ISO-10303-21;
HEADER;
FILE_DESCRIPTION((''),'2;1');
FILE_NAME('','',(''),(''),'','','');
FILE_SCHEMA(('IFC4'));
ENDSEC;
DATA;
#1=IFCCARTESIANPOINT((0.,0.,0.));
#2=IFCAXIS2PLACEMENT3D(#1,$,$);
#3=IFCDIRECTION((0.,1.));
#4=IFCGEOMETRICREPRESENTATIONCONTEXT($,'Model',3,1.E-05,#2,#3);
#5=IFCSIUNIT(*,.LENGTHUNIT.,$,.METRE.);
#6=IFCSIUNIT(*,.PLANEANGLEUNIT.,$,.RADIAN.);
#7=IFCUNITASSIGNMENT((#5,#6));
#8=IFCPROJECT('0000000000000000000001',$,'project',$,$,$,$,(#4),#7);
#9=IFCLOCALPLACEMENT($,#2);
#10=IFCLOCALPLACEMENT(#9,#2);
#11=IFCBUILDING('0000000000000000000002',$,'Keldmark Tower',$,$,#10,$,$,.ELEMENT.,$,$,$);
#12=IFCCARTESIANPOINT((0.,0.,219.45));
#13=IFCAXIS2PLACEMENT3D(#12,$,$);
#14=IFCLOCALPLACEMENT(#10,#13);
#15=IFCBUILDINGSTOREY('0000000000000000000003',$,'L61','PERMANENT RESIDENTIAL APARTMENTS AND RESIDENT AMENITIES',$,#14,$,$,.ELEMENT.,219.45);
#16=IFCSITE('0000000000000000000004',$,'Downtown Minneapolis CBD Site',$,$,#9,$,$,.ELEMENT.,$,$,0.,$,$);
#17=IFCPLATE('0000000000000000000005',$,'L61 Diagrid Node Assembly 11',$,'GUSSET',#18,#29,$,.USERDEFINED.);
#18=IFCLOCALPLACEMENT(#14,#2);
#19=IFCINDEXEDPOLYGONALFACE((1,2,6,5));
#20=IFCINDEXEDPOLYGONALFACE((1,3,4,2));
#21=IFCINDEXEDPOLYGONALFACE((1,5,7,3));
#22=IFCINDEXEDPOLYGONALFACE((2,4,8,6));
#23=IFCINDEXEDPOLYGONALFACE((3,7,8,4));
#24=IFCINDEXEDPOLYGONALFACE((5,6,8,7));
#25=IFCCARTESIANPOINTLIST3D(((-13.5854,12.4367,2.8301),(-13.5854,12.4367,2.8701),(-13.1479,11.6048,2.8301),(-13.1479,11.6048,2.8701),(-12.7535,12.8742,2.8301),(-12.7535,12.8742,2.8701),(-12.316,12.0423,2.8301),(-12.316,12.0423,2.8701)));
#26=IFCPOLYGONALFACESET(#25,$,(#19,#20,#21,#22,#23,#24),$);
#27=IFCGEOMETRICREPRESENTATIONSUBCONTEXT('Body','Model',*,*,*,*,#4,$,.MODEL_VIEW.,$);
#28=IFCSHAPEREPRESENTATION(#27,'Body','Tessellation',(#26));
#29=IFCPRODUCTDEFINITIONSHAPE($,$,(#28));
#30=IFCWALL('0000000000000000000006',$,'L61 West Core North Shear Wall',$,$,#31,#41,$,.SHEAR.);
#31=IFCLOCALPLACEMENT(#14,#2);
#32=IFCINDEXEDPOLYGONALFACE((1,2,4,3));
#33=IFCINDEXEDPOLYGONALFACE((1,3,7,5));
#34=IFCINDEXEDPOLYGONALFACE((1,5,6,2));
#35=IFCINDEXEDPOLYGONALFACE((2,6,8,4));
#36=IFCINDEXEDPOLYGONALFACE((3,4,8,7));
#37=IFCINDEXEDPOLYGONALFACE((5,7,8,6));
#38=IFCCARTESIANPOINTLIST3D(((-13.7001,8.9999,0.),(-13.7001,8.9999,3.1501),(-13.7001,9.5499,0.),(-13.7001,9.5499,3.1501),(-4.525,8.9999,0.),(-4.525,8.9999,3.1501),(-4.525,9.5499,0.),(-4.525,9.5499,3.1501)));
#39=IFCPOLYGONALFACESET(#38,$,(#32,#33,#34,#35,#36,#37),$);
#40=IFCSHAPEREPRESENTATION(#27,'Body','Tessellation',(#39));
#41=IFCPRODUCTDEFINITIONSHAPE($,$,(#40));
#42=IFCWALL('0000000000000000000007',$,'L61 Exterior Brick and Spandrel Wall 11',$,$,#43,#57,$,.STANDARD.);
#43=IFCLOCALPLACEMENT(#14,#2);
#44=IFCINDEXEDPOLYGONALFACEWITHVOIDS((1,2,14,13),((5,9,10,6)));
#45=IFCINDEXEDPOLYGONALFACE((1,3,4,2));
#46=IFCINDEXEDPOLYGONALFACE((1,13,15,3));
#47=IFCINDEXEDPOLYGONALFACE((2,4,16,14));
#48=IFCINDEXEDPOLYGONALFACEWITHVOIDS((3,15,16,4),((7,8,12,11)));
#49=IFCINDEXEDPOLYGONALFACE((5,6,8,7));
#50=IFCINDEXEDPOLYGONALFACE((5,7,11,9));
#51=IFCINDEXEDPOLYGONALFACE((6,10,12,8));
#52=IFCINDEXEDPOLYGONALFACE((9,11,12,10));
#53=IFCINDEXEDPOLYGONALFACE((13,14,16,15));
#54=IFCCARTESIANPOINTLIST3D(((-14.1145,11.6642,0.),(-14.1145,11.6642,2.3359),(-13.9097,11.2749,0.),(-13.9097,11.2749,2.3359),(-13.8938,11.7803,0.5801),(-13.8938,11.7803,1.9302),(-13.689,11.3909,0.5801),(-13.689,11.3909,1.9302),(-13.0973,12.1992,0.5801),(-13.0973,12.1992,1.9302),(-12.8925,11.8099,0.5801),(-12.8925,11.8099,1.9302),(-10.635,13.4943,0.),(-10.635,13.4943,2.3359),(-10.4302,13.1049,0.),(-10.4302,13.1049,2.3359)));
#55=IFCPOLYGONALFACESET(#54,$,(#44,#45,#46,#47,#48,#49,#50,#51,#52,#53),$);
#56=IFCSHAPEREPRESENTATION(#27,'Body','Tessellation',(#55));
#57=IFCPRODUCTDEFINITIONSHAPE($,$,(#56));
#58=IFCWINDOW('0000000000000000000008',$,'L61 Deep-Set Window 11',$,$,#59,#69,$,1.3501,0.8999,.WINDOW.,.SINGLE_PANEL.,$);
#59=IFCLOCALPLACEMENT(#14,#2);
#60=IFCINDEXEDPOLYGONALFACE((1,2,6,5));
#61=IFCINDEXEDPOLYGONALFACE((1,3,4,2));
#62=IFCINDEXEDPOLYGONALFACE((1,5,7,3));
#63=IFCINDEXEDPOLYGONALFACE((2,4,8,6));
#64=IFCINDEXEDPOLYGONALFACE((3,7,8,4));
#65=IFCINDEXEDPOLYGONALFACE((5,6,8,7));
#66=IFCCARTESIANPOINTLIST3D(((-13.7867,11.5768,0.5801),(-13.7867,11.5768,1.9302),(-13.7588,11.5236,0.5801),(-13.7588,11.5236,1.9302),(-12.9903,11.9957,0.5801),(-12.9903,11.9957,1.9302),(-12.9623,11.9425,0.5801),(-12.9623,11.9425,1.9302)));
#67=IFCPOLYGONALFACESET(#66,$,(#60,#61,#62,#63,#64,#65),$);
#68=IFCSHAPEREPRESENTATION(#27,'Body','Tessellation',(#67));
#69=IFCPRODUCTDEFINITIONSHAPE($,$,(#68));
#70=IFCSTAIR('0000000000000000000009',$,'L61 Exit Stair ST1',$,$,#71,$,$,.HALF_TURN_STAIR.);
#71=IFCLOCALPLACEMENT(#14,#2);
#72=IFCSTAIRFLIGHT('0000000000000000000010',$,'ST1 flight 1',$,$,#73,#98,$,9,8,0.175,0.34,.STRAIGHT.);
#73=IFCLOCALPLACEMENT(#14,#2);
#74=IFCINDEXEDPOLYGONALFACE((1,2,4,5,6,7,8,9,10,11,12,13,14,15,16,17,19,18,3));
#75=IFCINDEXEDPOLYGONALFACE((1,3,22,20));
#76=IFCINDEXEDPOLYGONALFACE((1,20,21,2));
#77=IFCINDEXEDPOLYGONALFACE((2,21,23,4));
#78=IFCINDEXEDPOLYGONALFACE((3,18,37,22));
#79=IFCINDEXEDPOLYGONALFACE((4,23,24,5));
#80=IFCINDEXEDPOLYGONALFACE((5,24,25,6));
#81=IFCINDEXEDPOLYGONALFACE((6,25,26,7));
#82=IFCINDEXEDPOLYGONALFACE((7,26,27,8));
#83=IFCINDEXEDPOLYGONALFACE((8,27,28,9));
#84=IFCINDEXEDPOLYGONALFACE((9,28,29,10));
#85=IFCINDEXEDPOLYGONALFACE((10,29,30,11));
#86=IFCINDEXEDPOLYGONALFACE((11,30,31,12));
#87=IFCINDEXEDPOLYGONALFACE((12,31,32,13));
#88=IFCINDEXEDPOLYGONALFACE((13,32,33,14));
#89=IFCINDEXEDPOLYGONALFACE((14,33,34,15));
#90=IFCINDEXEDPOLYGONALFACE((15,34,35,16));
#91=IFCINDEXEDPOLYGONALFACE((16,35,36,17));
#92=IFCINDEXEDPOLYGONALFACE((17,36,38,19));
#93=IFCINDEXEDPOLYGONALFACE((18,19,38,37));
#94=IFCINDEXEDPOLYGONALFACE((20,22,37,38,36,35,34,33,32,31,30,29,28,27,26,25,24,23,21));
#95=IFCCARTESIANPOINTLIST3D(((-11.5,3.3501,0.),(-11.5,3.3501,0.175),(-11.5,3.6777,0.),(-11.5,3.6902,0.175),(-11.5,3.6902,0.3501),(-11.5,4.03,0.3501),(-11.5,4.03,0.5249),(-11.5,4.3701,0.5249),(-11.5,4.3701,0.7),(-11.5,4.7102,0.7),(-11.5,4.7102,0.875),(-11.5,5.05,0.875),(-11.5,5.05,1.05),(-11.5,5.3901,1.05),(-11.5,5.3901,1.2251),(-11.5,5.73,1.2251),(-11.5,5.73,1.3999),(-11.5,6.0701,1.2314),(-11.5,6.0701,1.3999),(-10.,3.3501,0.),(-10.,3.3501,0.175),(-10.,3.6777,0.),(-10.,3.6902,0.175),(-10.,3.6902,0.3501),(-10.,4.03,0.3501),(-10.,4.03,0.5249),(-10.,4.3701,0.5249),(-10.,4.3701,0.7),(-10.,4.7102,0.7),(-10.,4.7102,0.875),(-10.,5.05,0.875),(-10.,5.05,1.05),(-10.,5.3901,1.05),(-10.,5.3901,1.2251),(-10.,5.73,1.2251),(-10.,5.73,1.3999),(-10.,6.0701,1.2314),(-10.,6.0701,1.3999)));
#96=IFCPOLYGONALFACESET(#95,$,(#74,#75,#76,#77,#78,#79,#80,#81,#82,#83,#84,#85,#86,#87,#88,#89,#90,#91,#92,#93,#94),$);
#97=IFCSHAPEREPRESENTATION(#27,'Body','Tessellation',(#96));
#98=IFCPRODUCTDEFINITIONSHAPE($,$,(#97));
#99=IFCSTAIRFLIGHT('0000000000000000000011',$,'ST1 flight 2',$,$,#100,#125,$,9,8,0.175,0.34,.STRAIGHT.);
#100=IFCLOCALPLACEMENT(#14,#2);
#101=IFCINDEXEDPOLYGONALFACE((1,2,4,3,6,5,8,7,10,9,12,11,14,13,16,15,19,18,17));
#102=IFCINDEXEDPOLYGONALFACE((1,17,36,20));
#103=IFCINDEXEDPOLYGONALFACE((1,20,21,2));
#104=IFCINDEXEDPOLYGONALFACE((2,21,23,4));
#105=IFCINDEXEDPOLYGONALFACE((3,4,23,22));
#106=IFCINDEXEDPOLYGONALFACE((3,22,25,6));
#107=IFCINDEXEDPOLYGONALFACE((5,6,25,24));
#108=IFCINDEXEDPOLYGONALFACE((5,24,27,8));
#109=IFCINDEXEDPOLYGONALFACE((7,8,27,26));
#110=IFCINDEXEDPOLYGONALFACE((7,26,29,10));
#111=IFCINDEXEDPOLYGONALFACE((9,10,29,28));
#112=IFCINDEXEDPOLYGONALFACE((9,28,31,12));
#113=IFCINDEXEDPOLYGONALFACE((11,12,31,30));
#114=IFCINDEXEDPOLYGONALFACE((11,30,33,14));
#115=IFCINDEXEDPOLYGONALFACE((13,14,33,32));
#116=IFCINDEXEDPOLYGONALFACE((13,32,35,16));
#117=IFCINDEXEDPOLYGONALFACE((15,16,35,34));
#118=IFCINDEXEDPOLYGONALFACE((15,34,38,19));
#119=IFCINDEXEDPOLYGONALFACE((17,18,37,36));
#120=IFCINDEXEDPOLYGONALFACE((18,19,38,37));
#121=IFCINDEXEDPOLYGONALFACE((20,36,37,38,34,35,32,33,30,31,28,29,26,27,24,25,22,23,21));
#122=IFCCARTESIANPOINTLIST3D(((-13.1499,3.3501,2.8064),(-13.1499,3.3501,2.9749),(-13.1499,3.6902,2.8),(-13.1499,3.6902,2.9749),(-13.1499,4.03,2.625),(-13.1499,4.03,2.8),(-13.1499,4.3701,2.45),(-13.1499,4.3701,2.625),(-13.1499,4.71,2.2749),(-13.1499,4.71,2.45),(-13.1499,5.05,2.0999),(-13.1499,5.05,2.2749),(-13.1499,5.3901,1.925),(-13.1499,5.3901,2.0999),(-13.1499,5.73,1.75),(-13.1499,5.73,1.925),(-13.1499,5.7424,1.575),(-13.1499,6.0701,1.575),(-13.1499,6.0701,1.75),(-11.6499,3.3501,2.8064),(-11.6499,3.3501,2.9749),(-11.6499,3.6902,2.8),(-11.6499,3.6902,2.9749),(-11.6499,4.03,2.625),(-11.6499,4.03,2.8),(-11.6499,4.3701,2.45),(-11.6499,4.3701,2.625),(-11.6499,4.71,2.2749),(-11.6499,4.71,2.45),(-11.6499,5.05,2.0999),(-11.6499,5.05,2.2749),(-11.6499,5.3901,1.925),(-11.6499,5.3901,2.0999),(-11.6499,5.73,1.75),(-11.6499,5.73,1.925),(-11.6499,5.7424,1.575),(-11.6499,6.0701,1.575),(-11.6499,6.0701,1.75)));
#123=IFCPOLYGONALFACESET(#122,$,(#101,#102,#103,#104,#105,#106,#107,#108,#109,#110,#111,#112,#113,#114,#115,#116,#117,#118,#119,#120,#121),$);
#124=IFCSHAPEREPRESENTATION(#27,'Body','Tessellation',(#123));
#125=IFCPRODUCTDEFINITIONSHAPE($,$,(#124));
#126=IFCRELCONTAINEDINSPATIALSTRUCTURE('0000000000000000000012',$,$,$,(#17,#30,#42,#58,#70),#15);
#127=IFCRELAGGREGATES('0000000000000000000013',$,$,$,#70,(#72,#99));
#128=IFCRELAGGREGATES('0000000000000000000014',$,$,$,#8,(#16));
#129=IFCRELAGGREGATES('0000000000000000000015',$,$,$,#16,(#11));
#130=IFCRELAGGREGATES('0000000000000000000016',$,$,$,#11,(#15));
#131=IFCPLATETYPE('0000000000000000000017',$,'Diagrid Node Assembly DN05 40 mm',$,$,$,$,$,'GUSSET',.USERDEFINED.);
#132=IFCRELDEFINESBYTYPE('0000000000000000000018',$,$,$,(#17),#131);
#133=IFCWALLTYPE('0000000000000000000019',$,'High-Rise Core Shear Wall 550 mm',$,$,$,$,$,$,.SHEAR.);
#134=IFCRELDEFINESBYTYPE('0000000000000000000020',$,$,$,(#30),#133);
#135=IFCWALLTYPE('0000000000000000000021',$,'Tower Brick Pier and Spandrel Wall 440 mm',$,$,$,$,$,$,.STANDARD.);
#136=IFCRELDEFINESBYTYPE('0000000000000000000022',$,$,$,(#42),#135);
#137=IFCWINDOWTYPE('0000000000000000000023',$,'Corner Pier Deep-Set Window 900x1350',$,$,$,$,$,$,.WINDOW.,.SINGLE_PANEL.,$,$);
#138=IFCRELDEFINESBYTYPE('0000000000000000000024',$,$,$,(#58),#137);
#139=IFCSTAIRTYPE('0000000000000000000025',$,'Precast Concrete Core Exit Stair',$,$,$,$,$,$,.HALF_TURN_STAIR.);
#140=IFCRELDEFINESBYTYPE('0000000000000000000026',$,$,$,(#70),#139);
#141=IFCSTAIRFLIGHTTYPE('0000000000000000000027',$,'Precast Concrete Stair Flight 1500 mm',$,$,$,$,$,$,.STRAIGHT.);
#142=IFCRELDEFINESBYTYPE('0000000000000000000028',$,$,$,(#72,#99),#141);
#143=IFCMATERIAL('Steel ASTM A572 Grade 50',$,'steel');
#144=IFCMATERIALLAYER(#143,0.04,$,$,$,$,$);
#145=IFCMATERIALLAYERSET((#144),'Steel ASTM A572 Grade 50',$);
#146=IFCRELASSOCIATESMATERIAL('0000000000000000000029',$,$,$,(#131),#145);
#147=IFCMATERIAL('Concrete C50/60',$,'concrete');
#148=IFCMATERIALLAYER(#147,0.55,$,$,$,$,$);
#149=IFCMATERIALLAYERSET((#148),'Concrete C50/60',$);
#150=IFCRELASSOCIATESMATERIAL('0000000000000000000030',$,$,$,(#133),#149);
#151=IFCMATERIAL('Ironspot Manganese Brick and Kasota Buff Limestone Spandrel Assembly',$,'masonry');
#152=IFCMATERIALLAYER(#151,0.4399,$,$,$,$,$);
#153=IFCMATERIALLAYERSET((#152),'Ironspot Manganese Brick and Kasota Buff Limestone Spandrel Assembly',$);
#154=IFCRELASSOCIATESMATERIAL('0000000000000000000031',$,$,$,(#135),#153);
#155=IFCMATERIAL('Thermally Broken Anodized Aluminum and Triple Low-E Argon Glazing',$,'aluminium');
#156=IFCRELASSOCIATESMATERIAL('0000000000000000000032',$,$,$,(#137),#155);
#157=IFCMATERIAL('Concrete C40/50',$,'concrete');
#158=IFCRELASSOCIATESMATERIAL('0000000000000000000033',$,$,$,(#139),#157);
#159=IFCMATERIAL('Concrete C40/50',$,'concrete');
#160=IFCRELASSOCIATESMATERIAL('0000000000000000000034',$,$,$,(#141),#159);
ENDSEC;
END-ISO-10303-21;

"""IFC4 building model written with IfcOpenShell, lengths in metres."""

from ifc_helpers import new_model, si_unit, direction, frame, frame_2d, origin, origin_2d, place, context, subcontext, project, spatial, polyline, rectangle, outline, extrude, material, layer, layer_set, type_object, element, fill, aggregate, save


model = new_model("IFC4")

# Units and contexts
model_context = context("Model", 3, precision=1e-05, world=origin(), true_north=direction((0.0, 1.0)))
body_context = subcontext(model_context, "Body", "Model", "MODEL_VIEW")
ifc_project = project(units=[si_unit("LENGTHUNIT", "METRE"), si_unit("PLANEANGLEUNIT", "RADIAN")], contexts=[model_context])

# Site, building, storey
site_placement = place(None, origin())
site = spatial("IfcSite", under=ifc_project, at=site_placement, Name="Downtown Minneapolis CBD Site", CompositionType="ELEMENT", RefElevation=0.0)
building_placement = place(site_placement, origin())
building = spatial("IfcBuilding", under=site, at=building_placement, Name="Keldmark Tower", CompositionType="ELEMENT")
storey_placement = place(building_placement, frame((0.0, 0.0, 219.45)))
storey = spatial("IfcBuildingStorey", under=building, at=storey_placement, Name="L61", Description="PERMANENT RESIDENTIAL APARTMENTS AND RESIDENT AMENITIES", CompositionType="ELEMENT", Elevation=219.45)

# Plate
ifc_material_1 = material(Name="Steel ASTM A572 Grade 50", Category="steel")
ifc_layer_1 = layer(ifc_material_1, 0.04)
ifc_layer_set_1 = layer_set([ifc_layer_1], Name="Steel ASTM A572 Grade 50")
plate_type_1 = type_object("IfcPlateType", Name="Diagrid Node Assembly DN05 40 mm", ElementType="GUSSET", PredefinedType="USERDEFINED", material=ifc_layer_set_1)
plate_placement = place(storey_placement, frame((-12.9507, 12.2395, 2.8301), z_axis=(0.0, 0.0, 1.0), x_axis=(-0.885069, -0.46546, 0.0)))
element("IfcPlate", 1, at=plate_placement, inside=storey, type_object=plate_type_1, Name="L61 Diagrid Node Assembly 11", ObjectType="GUSSET", PredefinedType="USERDEFINED", context=body_context, shape_type="SweptSolid", body=[
    extrude(rectangle(XDim=0.9399, YDim=0.9399, at=origin_2d()), origin(), (0.0, 0.0, 1.0), 0.04),
])

# Wall
ifc_material_2 = material(Name="Concrete C50/60", Category="concrete")
ifc_layer_2 = layer(ifc_material_2, 0.55)
ifc_layer_set_2 = layer_set([ifc_layer_2], Name="Concrete C50/60")
wall_type_1 = type_object("IfcWallType", Name="High-Rise Core Shear Wall 550 mm", PredefinedType="SHEAR", material=ifc_layer_set_2)
wall_1_placement = place(storey_placement, frame((-13.7, 9.2749, 0.0), z_axis=(0.0, 0.0, 1.0), x_axis=(1.0, 0.0, 0.0)))
element("IfcWall", 2, at=wall_1_placement, inside=storey, type_object=wall_type_1, Name="L61 West Core North Shear Wall", PredefinedType="SHEAR", context=body_context, shape_type="SweptSolid", body=[
    extrude(rectangle(XDim=9.175, YDim=0.55, at=frame_2d((4.5874, 0.0))), origin(), (0.0, 0.0, 1.0), 3.1501),
])

# Wall, opening, window
ifc_material_3 = material(Name="Ironspot Manganese Brick and Kasota Buff Limestone Spandrel Assembly", Category="masonry")
ifc_layer_3 = layer(ifc_material_3, 0.4399)
ifc_layer_set_3 = layer_set([ifc_layer_3], Name="Ironspot Manganese Brick and Kasota Buff Limestone Spandrel Assembly")
wall_type_2 = type_object("IfcWallType", Name="Tower Brick Pier and Spandrel Wall 440 mm", PredefinedType="STANDARD", material=ifc_layer_set_3)
wall_2_placement = place(storey_placement, frame((-14.0122, 11.4695, 0.0), z_axis=(0.0, 0.0, 1.0), x_axis=(0.885048, 0.465501, 0.0)))
wall_2 = element("IfcWall", 3, at=wall_2_placement, inside=storey, type_object=wall_type_2, Name="L61 Exterior Brick and Spandrel Wall 11", PredefinedType="STANDARD", context=body_context, shape_type="SweptSolid", body=[
    extrude(rectangle(XDim=3.9314, YDim=0.4399, at=frame_2d((1.9658, 0.0))), origin(), (0.0, 0.0, 1.0), 2.3359),
])
opening_placement = place(wall_2_placement, frame((0.2495, 0.0, 0.5801)))
opening = element("IfcOpeningElement", 4, at=opening_placement, cuts=wall_2, PredefinedType="OPENING", context=body_context, shape_type="SweptSolid", body=[
    extrude(rectangle(XDim=0.8999, YDim=1.3501, at=frame_2d((0.45, 0.675))), frame((0.0, 0.23, 0.0), z_axis=(0.0, -1.0, 0.0), x_axis=(1.0, 0.0, 0.0)), (0.0, 0.0, 1.0), 0.46),
])
ifc_material_4 = material(Name="Thermally Broken Anodized Aluminum and Triple Low-E Argon Glazing", Category="aluminium")
window_type = type_object("IfcWindowType", Name="Corner Pier Deep-Set Window 900x1350", PartitioningType="SINGLE_PANEL", PredefinedType="WINDOW", material=ifc_material_4)
window_placement = place(opening_placement, origin())
window = element("IfcWindow", 5, at=window_placement, inside=storey, type_object=window_type, Name="L61 Deep-Set Window 11", OverallHeight=1.3501, OverallWidth=0.8999, PartitioningType="SINGLE_PANEL", PredefinedType="WINDOW", context=body_context, shape_type="SweptSolid", body=[
    extrude(rectangle(XDim=0.8999, YDim=1.3501, at=frame_2d((0.45, 0.675))), frame((0.0, -0.01, 0.0), z_axis=(0.0, -1.0, 0.0), x_axis=(1.0, 0.0, 0.0)), (0.0, 0.0, 1.0), 0.0601),
])
fill(opening, window)

# Stair, stair flights
ifc_material_5 = material(Name="Concrete C40/50", Category="concrete")
stair_type = type_object("IfcStairType", Name="Precast Concrete Core Exit Stair", PredefinedType="HALF_TURN_STAIR", material=ifc_material_5)
stair_placement = place(storey_placement, origin())
stair = element("IfcStair", 6, at=stair_placement, inside=storey, type_object=stair_type, Name="L61 Exit Stair ST1", PredefinedType="HALF_TURN_STAIR")
ifc_material_6 = material(Name="Concrete C40/50", Category="concrete")
stair_flight_type = type_object("IfcStairFlightType", Name="Precast Concrete Stair Flight 1500 mm", PredefinedType="STRAIGHT", material=ifc_material_6)
stair_flight_1_placement = place(storey_placement, frame((-10.75, 3.3501, 0.0), z_axis=(0.0, 0.0, 1.0), x_axis=(0.0, 1.0, 0.0)))
stair_flight_1 = element("IfcStairFlight", 7, at=stair_flight_1_placement, type_object=stair_flight_type, Name="ST1 flight 1", NumberOfRisers=9, NumberOfTreads=8, PredefinedType="STRAIGHT", RiserHeight=0.175, TreadLength=0.34, context=body_context, shape_type="SweptSolid", body=[
    extrude(outline(polyline([(0.0, 0.0), (0.0, 0.175), (0.3401, 0.175), (0.3401, 0.3501), (0.6799, 0.3501), (0.6799, 0.5249), (1.02, 0.5249), (1.02, 0.7), (1.3601, 0.7), (1.3601, 0.875), (1.7, 0.875), (1.7, 1.05), (2.04, 1.05), (2.04, 1.2251), (2.3799, 1.2251), (2.3799, 1.3999), (2.72, 1.3999), (2.72, 1.575), (2.72, 1.2314), (0.3276, 0.0), (0.0, 0.0)])), frame((0.0, 0.75, 0.0), z_axis=(0.0, -1.0, 0.0), x_axis=(1.0, 0.0, 0.0)), (0.0, 0.0, 1.0), 1.5),
])
stair_flight_2_placement = place(storey_placement, frame((-12.3999, 6.0701, 1.575), z_axis=(0.0, 0.0, 1.0), x_axis=(0.0, -1.0, 0.0)))
stair_flight_2 = element("IfcStairFlight", 8, at=stair_flight_2_placement, type_object=stair_flight_type, Name="ST1 flight 2", NumberOfRisers=9, NumberOfTreads=8, PredefinedType="STRAIGHT", RiserHeight=0.175, TreadLength=0.34, context=body_context, shape_type="SweptSolid", body=[
    extrude(outline(polyline([(0.0, 0.0), (0.0, 0.175), (0.3401, 0.175), (0.3401, 0.3501), (0.6799, 0.3501), (0.6799, 0.5249), (1.02, 0.5249), (1.02, 0.7), (1.3601, 0.7), (1.3601, 0.875), (1.7, 0.875), (1.7, 1.05), (2.04, 1.05), (2.04, 1.2251), (2.3799, 1.2251), (2.3799, 1.3999), (2.72, 1.3999), (2.72, 1.575), (2.72, 1.2314), (0.3276, 0.0), (0.0, 0.0)])), frame((0.0, 0.75, 0.0), z_axis=(0.0, -1.0, 0.0), x_axis=(1.0, 0.0, 0.0)), (0.0, 0.0, 1.0), 1.5),
])
aggregate(stair, [stair_flight_1, stair_flight_2])

save(model, "model.ifc")
